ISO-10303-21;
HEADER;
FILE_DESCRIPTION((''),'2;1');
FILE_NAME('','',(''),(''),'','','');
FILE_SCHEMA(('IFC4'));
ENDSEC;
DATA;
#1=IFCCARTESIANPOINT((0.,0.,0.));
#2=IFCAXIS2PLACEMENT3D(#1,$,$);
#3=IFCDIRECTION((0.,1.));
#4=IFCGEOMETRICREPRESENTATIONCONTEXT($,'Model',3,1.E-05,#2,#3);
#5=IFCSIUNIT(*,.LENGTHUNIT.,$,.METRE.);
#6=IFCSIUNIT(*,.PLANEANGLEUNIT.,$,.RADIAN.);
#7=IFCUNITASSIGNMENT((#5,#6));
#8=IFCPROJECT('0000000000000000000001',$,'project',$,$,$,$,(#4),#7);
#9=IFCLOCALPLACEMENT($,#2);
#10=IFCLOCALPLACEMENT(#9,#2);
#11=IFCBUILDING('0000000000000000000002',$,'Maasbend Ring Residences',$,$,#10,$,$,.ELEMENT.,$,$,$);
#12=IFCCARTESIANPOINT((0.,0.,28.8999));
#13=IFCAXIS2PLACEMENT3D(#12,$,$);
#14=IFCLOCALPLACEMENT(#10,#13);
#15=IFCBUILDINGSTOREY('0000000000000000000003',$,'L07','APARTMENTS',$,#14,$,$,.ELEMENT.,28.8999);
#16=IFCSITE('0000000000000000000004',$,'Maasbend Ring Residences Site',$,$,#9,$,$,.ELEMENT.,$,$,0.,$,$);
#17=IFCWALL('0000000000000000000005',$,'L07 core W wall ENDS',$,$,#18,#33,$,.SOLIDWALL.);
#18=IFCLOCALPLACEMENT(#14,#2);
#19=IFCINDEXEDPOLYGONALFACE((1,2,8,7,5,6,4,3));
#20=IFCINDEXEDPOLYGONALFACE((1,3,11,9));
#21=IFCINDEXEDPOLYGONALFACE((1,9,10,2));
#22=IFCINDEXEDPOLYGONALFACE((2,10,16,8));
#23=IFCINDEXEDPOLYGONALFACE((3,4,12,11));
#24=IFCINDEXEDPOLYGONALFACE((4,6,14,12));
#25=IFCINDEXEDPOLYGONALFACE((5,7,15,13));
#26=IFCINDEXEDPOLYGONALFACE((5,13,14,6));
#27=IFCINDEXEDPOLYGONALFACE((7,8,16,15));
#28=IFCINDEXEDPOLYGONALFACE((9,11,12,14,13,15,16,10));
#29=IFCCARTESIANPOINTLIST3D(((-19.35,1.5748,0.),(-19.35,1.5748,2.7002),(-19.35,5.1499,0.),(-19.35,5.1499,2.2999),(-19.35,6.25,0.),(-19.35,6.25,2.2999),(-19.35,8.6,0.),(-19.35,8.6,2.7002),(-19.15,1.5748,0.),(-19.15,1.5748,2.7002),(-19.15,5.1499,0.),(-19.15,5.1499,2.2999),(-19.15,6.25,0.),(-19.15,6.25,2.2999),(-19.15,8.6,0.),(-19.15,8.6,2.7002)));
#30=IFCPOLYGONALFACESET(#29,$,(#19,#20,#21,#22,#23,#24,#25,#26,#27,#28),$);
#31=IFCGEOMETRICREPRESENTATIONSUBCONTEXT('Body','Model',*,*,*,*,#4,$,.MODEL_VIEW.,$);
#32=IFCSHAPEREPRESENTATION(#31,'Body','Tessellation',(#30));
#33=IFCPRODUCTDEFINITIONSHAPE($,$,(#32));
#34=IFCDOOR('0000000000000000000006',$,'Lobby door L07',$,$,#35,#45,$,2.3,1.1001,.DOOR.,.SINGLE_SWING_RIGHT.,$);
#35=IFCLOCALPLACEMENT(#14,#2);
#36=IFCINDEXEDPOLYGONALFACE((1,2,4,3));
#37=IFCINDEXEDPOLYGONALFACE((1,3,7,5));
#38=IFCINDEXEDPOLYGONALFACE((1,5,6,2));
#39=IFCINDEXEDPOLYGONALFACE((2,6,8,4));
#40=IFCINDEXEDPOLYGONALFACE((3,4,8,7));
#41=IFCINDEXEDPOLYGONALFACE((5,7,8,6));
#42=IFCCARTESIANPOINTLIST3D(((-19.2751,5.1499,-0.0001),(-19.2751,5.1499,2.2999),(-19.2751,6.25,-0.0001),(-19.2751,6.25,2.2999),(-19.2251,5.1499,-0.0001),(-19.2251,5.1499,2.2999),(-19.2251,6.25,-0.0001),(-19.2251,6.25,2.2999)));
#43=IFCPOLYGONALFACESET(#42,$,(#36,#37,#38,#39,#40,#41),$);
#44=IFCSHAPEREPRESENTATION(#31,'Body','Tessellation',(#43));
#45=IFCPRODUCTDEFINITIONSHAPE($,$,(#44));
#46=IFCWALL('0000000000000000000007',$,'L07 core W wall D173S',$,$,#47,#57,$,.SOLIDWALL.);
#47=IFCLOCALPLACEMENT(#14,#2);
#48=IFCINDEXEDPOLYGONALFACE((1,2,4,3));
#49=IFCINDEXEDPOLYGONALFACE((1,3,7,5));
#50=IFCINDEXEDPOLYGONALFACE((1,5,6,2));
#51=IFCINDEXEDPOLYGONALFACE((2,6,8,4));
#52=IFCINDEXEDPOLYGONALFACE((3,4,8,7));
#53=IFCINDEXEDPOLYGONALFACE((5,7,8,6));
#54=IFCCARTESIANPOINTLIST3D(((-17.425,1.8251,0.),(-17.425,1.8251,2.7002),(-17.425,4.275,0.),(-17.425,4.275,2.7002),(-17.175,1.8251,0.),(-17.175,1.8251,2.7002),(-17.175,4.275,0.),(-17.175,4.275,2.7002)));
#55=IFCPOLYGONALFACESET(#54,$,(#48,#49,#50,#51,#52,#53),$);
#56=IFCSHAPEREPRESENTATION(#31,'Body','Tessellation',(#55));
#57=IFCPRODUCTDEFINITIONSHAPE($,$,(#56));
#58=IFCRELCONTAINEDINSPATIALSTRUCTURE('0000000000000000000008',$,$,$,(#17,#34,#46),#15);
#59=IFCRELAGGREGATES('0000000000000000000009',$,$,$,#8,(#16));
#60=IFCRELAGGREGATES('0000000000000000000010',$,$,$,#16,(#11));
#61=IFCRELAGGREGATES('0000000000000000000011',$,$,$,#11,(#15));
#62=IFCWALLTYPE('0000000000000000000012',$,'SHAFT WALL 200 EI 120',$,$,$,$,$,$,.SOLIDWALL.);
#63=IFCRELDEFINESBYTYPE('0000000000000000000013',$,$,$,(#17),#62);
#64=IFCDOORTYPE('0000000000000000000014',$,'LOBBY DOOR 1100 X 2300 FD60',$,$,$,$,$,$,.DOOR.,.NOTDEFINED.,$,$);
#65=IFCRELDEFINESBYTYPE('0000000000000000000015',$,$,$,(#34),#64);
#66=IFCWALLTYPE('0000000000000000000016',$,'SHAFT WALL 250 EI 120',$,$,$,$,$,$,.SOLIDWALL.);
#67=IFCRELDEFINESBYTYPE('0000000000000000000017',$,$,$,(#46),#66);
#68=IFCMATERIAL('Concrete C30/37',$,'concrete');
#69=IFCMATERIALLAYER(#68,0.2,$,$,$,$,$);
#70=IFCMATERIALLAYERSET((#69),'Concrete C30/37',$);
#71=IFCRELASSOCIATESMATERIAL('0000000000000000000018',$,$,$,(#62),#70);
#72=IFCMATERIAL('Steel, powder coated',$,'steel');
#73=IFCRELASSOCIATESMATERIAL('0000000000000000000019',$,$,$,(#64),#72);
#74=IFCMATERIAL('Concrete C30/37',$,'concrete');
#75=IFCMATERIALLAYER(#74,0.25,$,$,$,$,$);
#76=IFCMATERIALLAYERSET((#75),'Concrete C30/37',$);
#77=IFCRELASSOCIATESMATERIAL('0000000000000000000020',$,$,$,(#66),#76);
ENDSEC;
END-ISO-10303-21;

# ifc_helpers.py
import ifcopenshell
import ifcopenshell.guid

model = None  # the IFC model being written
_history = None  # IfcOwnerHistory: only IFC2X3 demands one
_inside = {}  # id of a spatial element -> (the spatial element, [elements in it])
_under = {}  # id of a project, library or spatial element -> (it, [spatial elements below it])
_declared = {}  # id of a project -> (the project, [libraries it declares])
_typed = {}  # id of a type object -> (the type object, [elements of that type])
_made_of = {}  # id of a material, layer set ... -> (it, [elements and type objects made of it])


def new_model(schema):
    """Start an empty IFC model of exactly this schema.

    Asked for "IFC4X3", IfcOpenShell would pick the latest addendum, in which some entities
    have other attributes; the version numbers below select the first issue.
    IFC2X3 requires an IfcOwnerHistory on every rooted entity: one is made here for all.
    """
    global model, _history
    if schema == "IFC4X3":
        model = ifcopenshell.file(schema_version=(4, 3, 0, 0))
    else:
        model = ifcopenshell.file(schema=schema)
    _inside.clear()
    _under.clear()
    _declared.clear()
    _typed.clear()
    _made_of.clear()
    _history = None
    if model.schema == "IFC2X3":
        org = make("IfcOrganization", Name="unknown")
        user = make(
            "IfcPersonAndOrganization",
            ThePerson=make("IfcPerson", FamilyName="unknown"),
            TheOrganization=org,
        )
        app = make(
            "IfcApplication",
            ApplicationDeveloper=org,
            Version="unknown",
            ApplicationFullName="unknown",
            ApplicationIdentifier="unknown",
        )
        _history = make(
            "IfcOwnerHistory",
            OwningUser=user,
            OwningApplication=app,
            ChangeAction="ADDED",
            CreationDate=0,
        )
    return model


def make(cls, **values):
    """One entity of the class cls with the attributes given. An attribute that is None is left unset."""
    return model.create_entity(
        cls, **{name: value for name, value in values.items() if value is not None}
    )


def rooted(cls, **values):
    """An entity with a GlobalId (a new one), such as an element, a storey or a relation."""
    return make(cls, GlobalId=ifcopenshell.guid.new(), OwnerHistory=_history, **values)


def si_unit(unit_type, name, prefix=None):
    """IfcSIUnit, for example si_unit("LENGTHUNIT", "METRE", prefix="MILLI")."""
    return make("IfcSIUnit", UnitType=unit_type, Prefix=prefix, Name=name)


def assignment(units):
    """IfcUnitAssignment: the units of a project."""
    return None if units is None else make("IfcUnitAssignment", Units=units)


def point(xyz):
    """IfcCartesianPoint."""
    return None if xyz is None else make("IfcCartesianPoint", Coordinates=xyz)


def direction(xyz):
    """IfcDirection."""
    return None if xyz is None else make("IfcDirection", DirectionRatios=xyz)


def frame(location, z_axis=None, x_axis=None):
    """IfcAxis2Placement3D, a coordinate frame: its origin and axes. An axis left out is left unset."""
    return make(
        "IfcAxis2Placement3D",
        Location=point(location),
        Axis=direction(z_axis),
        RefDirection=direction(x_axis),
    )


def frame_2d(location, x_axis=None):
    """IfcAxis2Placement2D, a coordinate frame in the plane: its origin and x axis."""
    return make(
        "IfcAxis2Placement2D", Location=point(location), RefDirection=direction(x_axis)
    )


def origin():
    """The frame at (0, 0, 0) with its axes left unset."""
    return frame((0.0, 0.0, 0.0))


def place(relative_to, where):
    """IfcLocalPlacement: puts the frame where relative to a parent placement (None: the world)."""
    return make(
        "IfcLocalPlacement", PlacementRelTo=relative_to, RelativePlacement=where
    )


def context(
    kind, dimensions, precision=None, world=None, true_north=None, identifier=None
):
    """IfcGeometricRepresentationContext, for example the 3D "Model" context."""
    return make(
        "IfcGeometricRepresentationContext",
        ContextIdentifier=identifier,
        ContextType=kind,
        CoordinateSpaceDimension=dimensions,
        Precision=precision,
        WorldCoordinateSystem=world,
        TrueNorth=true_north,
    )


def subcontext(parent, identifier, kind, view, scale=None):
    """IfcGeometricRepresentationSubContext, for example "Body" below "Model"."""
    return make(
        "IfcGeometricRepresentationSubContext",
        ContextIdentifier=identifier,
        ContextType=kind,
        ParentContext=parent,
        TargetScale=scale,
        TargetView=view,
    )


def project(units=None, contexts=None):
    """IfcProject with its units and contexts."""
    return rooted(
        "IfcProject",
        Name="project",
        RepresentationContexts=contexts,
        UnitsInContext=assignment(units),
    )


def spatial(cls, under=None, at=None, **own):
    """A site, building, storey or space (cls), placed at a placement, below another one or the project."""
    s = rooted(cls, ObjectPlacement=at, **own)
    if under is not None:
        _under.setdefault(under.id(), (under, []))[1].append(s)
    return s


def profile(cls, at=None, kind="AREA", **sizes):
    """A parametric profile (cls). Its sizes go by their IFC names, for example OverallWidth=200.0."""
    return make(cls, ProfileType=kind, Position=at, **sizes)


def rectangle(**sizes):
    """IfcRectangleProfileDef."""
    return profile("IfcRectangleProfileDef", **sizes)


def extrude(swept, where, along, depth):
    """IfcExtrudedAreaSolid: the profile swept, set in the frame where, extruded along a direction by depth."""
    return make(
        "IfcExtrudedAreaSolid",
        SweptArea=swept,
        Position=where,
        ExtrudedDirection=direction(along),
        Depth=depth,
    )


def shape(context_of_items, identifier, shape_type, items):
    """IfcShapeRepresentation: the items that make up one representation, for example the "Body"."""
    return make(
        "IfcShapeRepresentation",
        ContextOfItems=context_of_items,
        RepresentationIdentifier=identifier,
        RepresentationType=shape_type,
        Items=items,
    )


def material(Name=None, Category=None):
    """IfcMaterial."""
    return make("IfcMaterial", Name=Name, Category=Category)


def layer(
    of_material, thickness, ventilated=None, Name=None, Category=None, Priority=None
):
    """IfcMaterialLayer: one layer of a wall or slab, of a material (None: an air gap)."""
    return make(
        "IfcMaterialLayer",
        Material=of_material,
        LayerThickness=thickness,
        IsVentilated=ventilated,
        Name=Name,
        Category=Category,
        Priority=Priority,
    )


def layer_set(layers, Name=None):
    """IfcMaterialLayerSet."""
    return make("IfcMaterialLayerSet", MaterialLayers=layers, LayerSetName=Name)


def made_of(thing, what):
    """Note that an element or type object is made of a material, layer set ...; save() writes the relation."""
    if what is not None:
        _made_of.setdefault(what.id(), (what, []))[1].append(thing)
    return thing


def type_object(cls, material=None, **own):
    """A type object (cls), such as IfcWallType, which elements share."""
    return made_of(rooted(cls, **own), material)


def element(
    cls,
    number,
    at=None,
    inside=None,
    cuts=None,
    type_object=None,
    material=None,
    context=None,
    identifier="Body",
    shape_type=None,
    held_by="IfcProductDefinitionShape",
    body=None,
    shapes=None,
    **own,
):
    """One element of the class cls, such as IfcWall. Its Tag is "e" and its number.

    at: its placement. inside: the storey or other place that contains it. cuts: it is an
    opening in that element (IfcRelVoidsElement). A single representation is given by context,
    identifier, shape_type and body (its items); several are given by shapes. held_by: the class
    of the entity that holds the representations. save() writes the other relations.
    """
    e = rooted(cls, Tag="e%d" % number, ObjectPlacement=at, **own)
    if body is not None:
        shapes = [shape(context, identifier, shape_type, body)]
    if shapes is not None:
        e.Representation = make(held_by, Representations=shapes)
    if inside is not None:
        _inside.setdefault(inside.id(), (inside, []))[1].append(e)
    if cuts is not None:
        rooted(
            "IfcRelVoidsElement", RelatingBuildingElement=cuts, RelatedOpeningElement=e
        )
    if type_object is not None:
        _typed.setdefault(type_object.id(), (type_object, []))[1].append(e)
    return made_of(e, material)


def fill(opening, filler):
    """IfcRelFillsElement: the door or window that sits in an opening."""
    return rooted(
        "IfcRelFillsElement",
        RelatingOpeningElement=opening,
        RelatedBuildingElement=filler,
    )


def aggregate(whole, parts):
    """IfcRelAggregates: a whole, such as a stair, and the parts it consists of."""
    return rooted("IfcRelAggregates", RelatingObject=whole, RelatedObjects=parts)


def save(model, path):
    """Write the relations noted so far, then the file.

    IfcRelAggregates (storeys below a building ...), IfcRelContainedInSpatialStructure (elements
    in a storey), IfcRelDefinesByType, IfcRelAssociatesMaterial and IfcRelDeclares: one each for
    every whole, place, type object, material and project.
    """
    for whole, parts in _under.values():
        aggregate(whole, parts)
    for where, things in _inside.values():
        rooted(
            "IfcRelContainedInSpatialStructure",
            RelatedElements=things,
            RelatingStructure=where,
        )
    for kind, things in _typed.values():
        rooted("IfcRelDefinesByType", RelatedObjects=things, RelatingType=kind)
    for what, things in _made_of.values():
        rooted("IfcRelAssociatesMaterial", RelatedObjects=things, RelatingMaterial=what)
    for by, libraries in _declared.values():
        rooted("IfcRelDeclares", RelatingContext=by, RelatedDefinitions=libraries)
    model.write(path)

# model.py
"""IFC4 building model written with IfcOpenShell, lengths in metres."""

from ifc_helpers import new_model, si_unit, direction, frame, frame_2d, origin, place, context, subcontext, project, spatial, rectangle, extrude, material, layer, layer_set, type_object, element, fill, save


model = new_model("IFC4")

# Units and contexts
model_context = context("Model", 3, precision=1e-05, world=origin(), true_north=direction((0.0, 1.0)))
body_context = subcontext(model_context, "Body", "Model", "MODEL_VIEW")
ifc_project = project(units=[si_unit("LENGTHUNIT", "METRE"), si_unit("PLANEANGLEUNIT", "RADIAN")], contexts=[model_context])

# Site, building, storey
site_placement = place(None, origin())
site = spatial("IfcSite", under=ifc_project, at=site_placement, Name="Maasbend Ring Residences Site", CompositionType="ELEMENT", RefElevation=0.0)
building_placement = place(site_placement, origin())
building = spatial("IfcBuilding", under=site, at=building_placement, Name="Maasbend Ring Residences", CompositionType="ELEMENT")
storey_placement = place(building_placement, frame((0.0, 0.0, 28.8999)))
storey = spatial("IfcBuildingStorey", under=building, at=storey_placement, Name="L07", Description="APARTMENTS", CompositionType="ELEMENT", Elevation=28.8999)

# Wall, opening, door
ifc_material_1 = material(Name="Concrete C30/37", Category="concrete")
ifc_layer_1 = layer(ifc_material_1, 0.2)
ifc_layer_set_1 = layer_set([ifc_layer_1], Name="Concrete C30/37")
wall_type_1 = type_object("IfcWallType", Name="SHAFT WALL 200 EI 120", PredefinedType="SOLIDWALL", material=ifc_layer_set_1)
wall_1_placement = place(storey_placement, frame((-19.25, 8.6001, 0.0), z_axis=(0.0, 0.0, 1.0), x_axis=(0.0, -1.0, 0.0)))
wall_1 = element("IfcWall", 1, at=wall_1_placement, inside=storey, type_object=wall_type_1, Name="L07 core W wall ENDS", PredefinedType="SOLIDWALL", context=body_context, shape_type="SweptSolid", body=[
    extrude(rectangle(XDim=7.0251, YDim=0.2, at=frame_2d((3.5127, 0.0))), origin(), (0.0, 0.0, 1.0), 2.7002),
])
opening_1_placement = place(wall_1_placement, frame((2.3501, 0.0, 0.0)))
opening_1 = element("IfcOpeningElement", 2, at=opening_1_placement, cuts=wall_1, PredefinedType="OPENING", context=body_context, shape_type="SweptSolid", body=[
    extrude(rectangle(XDim=1.1001, YDim=2.3, at=frame_2d((0.55, 1.1499))), frame((0.0, 0.1099, 0.0), z_axis=(0.0, -1.0, 0.0), x_axis=(1.0, 0.0, 0.0)), (0.0, 0.0, 1.0), 0.22),
])
ifc_material_2 = material(Name="Steel, powder coated", Category="steel")
door_type_1 = type_object("IfcDoorType", Name="LOBBY DOOR 1100 X 2300 FD60", OperationType="NOTDEFINED", PredefinedType="DOOR", material=ifc_material_2)
door_1_placement = place(opening_1_placement, origin())
door_1 = element("IfcDoor", 3, at=door_1_placement, inside=storey, type_object=door_type_1, Name="Lobby door L07", OperationType="SINGLE_SWING_RIGHT", OverallHeight=2.3, OverallWidth=1.1001, PredefinedType="DOOR", context=body_context, shape_type="SweptSolid", body=[
    extrude(rectangle(XDim=1.1001, YDim=2.3, at=frame_2d((0.55, 1.1499))), frame((0.0, 0.0249, 0.0), z_axis=(0.0, -1.0, 0.0), x_axis=(1.0, 0.0, 0.0)), (0.0, 0.0, 1.0), 0.05),
])
fill(opening_1, door_1)

# Wall
ifc_material_3 = material(Name="Concrete C30/37", Category="concrete")
ifc_layer_2 = layer(ifc_material_3, 0.25)
ifc_layer_set_2 = layer_set([ifc_layer_2], Name="Concrete C30/37")
wall_type_2 = type_object("IfcWallType", Name="SHAFT WALL 250 EI 120", PredefinedType="SOLIDWALL", material=ifc_layer_set_2)
wall_2_placement = place(storey_placement, frame((-17.3, 1.825, 0.0), z_axis=(0.0, 0.0, 1.0), x_axis=(0.0, 1.0, 0.0)))
element("IfcWall", 4, at=wall_2_placement, inside=storey, type_object=wall_type_2, Name="L07 core W wall D173S", PredefinedType="SOLIDWALL", context=body_context, shape_type="SweptSolid", body=[
    extrude(rectangle(XDim=2.45, YDim=0.25, at=frame_2d((1.2251, 0.0))), origin(), (0.0, 0.0, 1.0), 2.7002),
])

save(model, "model.ifc")
